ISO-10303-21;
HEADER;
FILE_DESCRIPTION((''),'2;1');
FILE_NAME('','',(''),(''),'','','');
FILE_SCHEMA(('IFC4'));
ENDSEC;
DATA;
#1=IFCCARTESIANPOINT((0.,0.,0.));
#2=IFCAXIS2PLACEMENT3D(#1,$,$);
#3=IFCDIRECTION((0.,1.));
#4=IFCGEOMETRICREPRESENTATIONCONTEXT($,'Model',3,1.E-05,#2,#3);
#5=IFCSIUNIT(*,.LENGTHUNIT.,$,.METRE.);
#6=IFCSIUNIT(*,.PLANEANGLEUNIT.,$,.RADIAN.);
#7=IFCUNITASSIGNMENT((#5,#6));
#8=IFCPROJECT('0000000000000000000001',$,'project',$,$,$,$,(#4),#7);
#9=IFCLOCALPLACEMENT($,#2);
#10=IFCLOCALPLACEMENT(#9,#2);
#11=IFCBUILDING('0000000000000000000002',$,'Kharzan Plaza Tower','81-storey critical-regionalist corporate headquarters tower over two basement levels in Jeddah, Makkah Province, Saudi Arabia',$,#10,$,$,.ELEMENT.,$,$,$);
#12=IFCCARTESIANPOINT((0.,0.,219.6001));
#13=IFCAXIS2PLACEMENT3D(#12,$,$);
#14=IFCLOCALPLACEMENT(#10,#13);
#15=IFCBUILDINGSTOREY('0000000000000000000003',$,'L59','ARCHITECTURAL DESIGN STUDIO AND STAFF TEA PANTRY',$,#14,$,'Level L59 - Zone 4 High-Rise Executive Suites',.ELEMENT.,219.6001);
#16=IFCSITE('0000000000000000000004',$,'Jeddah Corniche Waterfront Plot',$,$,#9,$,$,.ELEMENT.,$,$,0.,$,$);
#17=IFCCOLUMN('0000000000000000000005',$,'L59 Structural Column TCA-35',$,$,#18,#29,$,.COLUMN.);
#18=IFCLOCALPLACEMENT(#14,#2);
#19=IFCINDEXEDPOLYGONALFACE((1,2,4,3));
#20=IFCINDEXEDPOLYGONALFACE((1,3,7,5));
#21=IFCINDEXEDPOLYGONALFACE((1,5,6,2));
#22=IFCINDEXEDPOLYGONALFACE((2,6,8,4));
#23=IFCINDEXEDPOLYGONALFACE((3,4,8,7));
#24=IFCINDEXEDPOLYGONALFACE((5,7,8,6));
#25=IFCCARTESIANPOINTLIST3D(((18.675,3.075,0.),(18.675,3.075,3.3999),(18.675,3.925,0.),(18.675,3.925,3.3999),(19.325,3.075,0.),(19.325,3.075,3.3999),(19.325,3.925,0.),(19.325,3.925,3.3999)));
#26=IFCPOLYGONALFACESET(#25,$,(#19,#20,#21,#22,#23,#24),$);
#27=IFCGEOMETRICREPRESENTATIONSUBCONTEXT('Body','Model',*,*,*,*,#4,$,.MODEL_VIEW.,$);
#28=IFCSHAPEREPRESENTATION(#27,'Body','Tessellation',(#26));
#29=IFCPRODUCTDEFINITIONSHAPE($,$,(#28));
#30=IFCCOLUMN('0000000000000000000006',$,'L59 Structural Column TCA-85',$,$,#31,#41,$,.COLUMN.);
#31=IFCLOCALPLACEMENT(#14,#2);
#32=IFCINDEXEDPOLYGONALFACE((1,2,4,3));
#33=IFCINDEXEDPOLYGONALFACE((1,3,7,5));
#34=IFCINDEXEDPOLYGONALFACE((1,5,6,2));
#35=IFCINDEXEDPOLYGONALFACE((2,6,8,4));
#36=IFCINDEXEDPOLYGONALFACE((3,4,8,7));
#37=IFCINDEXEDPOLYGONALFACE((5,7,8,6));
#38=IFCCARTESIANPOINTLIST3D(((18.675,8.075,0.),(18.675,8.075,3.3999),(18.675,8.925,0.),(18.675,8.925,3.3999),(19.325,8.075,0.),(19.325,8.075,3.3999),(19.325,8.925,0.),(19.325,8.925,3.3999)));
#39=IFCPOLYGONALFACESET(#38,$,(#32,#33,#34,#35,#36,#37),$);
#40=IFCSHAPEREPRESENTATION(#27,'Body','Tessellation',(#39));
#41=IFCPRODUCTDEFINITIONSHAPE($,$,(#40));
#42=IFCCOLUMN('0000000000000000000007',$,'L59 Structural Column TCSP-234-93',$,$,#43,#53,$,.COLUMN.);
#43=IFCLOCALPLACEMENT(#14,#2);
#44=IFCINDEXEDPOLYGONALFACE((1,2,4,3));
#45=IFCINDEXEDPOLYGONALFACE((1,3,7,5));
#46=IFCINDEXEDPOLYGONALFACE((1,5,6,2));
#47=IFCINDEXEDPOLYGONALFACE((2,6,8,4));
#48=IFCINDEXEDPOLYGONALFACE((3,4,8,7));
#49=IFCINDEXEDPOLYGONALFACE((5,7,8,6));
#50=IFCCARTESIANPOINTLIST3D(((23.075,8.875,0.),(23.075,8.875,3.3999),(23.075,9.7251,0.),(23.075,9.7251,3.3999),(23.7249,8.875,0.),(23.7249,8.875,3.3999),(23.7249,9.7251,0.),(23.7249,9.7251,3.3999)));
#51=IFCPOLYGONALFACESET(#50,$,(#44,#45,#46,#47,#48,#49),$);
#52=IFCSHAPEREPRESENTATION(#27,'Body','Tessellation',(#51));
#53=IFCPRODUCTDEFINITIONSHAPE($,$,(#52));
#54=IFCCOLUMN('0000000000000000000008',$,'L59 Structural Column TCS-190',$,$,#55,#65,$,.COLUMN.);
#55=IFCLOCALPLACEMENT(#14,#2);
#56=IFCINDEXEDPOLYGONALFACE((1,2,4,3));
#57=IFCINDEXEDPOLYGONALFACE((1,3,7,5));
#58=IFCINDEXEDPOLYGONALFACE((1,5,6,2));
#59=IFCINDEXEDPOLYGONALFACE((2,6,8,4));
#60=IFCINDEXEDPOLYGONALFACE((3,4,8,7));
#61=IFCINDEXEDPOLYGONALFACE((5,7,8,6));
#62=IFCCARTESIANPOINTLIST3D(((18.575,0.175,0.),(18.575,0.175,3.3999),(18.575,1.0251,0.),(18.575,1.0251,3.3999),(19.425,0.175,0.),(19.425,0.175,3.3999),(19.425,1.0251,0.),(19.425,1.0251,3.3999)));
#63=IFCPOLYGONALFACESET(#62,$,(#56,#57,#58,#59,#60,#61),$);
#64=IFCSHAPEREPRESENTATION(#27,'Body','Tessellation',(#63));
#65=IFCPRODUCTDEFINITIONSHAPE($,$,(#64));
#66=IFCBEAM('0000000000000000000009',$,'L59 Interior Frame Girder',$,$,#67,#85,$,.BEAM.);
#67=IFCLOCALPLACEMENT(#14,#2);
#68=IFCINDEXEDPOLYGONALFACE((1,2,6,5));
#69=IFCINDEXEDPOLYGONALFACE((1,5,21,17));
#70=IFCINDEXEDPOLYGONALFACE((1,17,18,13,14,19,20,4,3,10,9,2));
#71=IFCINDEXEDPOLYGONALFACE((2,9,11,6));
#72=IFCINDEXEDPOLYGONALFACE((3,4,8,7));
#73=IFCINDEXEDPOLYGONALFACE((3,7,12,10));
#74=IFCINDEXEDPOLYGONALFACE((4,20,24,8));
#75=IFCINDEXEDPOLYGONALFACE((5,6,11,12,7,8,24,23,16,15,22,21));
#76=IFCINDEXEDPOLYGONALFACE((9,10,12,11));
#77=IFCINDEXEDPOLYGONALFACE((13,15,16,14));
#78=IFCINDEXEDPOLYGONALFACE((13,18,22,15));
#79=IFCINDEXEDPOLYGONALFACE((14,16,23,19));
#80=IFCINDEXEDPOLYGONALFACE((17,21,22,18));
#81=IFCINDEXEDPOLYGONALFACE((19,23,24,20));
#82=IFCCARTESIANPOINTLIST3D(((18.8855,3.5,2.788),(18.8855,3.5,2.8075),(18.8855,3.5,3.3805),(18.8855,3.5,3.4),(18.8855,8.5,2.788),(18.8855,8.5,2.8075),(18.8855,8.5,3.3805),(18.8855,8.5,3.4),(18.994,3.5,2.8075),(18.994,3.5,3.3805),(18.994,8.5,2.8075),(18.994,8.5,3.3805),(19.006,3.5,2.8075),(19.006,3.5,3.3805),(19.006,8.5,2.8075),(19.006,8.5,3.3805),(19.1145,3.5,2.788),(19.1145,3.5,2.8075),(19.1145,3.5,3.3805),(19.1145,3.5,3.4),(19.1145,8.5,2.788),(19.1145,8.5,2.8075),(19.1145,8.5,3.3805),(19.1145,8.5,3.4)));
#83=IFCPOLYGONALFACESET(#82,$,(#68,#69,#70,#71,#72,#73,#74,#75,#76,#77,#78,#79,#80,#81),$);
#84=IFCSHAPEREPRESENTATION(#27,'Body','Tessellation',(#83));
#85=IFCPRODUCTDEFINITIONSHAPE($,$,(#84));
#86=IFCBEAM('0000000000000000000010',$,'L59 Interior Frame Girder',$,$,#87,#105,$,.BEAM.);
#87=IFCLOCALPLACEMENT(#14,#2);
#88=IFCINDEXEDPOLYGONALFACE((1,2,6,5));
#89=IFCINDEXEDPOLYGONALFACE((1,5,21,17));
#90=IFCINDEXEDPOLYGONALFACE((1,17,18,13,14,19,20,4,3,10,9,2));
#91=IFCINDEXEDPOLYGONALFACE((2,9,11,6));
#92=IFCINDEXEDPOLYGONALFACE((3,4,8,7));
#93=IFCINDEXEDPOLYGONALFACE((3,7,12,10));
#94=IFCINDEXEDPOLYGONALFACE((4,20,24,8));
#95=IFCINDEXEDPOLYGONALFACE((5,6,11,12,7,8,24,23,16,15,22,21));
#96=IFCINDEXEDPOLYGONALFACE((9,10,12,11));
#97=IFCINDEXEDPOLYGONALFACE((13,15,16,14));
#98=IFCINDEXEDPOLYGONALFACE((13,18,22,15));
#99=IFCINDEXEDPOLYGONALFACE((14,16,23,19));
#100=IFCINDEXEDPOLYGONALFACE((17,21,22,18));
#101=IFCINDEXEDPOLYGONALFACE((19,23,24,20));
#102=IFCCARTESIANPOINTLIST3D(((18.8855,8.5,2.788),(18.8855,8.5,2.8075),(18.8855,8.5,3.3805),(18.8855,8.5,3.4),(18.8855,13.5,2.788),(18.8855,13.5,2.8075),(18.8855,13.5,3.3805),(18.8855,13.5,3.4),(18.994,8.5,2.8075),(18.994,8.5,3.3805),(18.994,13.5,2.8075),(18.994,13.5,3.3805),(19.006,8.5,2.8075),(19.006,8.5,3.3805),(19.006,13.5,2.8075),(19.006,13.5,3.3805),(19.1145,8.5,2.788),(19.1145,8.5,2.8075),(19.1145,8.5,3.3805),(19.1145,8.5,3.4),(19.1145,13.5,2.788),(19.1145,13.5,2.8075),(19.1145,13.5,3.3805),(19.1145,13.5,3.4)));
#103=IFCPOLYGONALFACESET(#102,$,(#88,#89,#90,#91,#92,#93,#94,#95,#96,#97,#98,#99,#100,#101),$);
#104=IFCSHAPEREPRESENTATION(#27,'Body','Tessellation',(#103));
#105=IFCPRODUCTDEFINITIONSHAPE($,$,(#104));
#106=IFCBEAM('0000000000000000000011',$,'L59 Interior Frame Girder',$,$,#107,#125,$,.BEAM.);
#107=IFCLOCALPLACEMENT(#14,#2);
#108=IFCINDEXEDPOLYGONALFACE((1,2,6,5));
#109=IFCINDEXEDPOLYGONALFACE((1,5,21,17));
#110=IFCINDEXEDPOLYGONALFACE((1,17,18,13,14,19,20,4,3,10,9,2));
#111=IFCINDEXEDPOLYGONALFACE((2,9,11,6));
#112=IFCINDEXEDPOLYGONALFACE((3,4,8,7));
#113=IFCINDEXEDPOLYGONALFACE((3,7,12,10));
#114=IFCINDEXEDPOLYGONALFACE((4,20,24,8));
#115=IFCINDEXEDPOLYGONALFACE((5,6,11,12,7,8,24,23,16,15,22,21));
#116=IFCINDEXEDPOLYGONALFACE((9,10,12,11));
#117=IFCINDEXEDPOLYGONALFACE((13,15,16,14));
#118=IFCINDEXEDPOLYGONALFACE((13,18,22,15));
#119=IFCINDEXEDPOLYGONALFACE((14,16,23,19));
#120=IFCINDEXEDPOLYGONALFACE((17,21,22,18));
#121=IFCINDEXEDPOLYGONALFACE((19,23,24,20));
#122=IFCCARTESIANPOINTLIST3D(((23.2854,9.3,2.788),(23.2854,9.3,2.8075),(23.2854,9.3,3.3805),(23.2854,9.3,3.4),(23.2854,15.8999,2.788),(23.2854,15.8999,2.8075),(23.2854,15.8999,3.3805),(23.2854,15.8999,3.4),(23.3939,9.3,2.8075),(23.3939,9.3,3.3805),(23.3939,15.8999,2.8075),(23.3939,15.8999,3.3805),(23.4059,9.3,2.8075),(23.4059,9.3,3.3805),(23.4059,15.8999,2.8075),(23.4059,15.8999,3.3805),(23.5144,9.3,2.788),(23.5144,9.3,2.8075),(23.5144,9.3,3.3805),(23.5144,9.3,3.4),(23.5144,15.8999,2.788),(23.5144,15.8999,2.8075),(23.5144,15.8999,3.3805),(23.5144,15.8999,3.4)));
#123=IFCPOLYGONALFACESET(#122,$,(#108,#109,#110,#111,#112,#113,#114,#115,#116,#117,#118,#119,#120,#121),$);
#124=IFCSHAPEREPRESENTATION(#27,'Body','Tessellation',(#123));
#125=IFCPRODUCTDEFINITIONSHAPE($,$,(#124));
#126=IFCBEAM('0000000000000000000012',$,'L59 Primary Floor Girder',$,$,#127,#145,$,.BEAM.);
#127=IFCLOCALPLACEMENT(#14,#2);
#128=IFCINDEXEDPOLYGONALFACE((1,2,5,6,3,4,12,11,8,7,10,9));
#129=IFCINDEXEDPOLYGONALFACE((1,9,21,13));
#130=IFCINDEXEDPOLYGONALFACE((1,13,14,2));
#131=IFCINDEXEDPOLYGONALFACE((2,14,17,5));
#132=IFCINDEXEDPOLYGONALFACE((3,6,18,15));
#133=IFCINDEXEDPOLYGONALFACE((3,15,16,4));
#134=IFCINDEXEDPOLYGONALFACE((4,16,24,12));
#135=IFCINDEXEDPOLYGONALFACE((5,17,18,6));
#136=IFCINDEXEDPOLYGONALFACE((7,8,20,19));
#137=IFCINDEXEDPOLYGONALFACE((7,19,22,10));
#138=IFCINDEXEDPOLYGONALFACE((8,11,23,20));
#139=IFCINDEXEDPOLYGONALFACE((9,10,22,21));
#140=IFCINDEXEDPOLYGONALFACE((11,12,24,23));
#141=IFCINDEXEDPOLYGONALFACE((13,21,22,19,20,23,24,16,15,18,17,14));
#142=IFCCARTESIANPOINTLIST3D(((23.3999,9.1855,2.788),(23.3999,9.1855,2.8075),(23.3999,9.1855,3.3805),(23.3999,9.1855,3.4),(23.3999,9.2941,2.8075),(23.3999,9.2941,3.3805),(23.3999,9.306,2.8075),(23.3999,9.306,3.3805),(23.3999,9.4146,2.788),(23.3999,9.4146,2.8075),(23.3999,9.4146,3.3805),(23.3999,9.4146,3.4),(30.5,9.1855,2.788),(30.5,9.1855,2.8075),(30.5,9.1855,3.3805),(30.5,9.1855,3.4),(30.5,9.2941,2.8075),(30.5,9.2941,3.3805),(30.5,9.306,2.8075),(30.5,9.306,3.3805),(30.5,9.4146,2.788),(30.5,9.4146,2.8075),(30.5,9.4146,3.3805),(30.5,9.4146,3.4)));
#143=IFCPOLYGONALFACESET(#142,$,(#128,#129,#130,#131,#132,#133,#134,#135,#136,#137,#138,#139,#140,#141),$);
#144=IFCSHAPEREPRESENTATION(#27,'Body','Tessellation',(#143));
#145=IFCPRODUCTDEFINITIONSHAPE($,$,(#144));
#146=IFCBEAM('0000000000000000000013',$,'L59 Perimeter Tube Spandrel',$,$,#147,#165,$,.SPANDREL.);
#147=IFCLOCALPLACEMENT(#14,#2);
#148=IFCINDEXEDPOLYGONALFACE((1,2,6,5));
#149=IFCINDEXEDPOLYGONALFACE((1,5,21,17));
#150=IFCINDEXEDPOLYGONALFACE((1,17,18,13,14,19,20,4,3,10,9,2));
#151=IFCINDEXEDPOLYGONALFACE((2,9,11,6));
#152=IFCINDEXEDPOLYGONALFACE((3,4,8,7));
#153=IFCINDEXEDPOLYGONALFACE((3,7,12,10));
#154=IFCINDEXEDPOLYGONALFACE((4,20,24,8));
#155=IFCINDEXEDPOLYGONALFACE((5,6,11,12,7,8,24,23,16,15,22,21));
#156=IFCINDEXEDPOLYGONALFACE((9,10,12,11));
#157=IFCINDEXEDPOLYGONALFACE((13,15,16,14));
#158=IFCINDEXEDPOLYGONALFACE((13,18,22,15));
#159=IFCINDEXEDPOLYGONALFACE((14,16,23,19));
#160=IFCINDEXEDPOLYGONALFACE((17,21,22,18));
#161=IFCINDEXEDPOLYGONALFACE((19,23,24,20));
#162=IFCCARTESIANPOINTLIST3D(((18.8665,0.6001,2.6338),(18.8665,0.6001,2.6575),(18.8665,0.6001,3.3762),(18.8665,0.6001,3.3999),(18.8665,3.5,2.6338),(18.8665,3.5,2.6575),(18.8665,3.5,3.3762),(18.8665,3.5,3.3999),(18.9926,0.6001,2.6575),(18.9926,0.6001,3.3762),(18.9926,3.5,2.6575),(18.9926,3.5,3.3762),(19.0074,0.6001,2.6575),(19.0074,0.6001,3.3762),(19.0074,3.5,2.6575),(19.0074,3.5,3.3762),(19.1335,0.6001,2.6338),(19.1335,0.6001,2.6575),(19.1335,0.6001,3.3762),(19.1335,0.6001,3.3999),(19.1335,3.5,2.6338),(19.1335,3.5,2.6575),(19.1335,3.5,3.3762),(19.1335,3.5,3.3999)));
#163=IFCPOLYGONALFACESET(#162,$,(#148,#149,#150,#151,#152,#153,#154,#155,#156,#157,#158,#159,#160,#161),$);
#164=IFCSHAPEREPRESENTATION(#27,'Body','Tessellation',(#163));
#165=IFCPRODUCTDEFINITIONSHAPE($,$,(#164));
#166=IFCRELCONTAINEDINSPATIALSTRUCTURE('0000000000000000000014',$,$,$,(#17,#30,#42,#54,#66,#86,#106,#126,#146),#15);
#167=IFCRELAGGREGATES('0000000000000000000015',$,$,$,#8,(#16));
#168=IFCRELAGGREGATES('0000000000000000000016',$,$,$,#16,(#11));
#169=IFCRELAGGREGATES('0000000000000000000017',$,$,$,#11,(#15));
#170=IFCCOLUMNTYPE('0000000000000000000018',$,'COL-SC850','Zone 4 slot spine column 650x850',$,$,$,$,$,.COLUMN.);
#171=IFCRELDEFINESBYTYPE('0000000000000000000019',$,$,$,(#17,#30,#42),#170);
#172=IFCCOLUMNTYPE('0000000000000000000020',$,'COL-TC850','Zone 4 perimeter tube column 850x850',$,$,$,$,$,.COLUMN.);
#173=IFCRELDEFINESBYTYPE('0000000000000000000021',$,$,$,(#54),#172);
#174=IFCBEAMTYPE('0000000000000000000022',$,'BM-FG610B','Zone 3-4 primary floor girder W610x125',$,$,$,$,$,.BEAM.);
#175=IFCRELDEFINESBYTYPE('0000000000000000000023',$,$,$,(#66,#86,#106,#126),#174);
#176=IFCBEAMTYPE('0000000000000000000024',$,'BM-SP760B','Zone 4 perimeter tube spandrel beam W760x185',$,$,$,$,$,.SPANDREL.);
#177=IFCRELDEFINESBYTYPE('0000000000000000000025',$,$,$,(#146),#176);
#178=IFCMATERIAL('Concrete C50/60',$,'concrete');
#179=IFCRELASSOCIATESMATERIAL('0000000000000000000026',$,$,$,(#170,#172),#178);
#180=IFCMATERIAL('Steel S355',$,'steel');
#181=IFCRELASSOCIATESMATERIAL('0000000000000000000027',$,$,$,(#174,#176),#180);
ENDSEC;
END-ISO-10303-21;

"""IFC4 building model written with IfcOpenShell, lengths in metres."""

from ifc_helpers import new_model, si_unit, direction, frame, origin, origin_2d, place, context, subcontext, project, spatial, rectangle, i_section, extrude, source, transform, mapped, material, material_profile, profile_set, type_object, element, save


model = new_model("IFC4")

# Units and contexts
model_context = context("Model", 3, precision=1e-05, world=origin(), true_north=direction((0.0, 1.0)))
body_context = subcontext(model_context, "Body", "Model", "MODEL_VIEW")
ifc_project = project(units=[si_unit("LENGTHUNIT", "METRE"), si_unit("PLANEANGLEUNIT", "RADIAN")], contexts=[model_context])

# Site, building, storey
site_placement = place(None, origin())
site = spatial("IfcSite", under=ifc_project, at=site_placement, Name="Jeddah Corniche Waterfront Plot", CompositionType="ELEMENT", RefElevation=0.0)
building_placement = place(site_placement, origin())
building = spatial("IfcBuilding", under=site, at=building_placement, Name="Kharzan Plaza Tower", Description="81-storey critical-regionalist corporate headquarters tower over two basement levels in Jeddah, Makkah Province, Saudi Arabia", CompositionType="ELEMENT")
storey_placement = place(building_placement, frame((0.0, 0.0, 219.6001)))
storey = spatial("IfcBuildingStorey", under=building, at=storey_placement, Name="L59", Description="ARCHITECTURAL DESIGN STUDIO AND STAFF TEA PANTRY", LongName="Level L59 - Zone 4 High-Rise Executive Suites", CompositionType="ELEMENT", Elevation=219.6001)

# Columns
ifc_material_1 = material(Name="Concrete C50/60", Category="concrete")
ifc_material_profile_1 = material_profile(ifc_material_1, rectangle(XDim=0.6499, YDim=0.8501, at=origin_2d()), Name="RC-SC850x650")
ifc_profile_set_1 = profile_set([ifc_material_profile_1], Name="Concrete C50/60")
column_type_1 = type_object("IfcColumnType", Name="COL-SC850", Description="Zone 4 slot spine column 650x850", PredefinedType="COLUMN", material=ifc_profile_set_1)
shared_shape_1 = source(origin(), body_context, "Body", "SweptSolid", [
    extrude(rectangle(XDim=0.6499, YDim=0.8501, at=origin_2d()), origin(), (0.0, 0.0, 1.0), 3.3999),
])
for number, where, z_axis, x_axis, name in (
    (1, (19.0, 3.5, 0.0), (0.0, 0.0, 1.0), (1.0, 0.0, 0.0), "L59 Structural Column TCA-35"),
    (2, (19.0, 8.5, 0.0), (0.0, 0.0, 1.0), (1.0, 0.0, 0.0), "L59 Structural Column TCA-85"),
    (3, (23.3999, 9.3, 0.0), (0.0, 0.0, 1.0), (1.0, 0.0, 0.0), "L59 Structural Column TCSP-234-93"),
):
    element("IfcColumn", number, at=place(storey_placement, frame(where, z_axis=z_axis, x_axis=x_axis)), inside=storey, type_object=column_type_1, Name=name, PredefinedType="COLUMN", context=body_context, shape_type="MappedRepresentation", body=[
        mapped(shared_shape_1, transform((0.0, 0.0, 0.0), x_axis=(1.0, 0.0, 0.0), y_axis=(0.0, 1.0, 0.0), z_axis=(0.0, 0.0, 1.0))),
    ])
ifc_material_profile_2 = material_profile(ifc_material_1, rectangle(XDim=0.8501, YDim=0.8501, at=origin_2d()), Name="RC-TC850x850")
ifc_profile_set_2 = profile_set([ifc_material_profile_2], Name="Concrete C50/60")
column_type_2 = type_object("IfcColumnType", Name="COL-TC850", Description="Zone 4 perimeter tube column 850x850", PredefinedType="COLUMN", material=ifc_profile_set_2)
shared_shape_2 = source(origin(), body_context, "Body", "SweptSolid", [
    extrude(rectangle(XDim=0.8501, YDim=0.8501, at=origin_2d()), origin(), (0.0, 0.0, 1.0), 3.3999),
])
column_placement = place(storey_placement, frame((19.0, 0.6001, 0.0), z_axis=(0.0, 0.0, 1.0), x_axis=(1.0, 0.0, 0.0)))
element("IfcColumn", 4, at=column_placement, inside=storey, type_object=column_type_2, Name="L59 Structural Column TCS-190", PredefinedType="COLUMN", context=body_context, shape_type="MappedRepresentation", body=[
    mapped(shared_shape_2, transform((0.0, 0.0, 0.0), x_axis=(1.0, 0.0, 0.0), y_axis=(0.0, 1.0, 0.0), z_axis=(0.0, 0.0, 1.0))),
])

# Beams
ifc_material_2 = material(Name="Steel S355", Category="steel")
ifc_material_profile_3 = material_profile(ifc_material_2, i_section(OverallWidth=0.229, OverallDepth=0.6121, WebThickness=0.012, FlangeThickness=0.0195, at=origin_2d()), Name="W610x125")
ifc_profile_set_3 = profile_set([ifc_material_profile_3], Name="Steel S355")
beam_type_1 = type_object("IfcBeamType", Name="BM-FG610B", Description="Zone 3-4 primary floor girder W610x125", PredefinedType="BEAM", material=ifc_profile_set_3)
shared_shape_3 = source(origin(), body_context, "Body", "SweptSolid", [
    extrude(i_section(OverallWidth=0.229, OverallDepth=0.6121, WebThickness=0.012, FlangeThickness=0.0195, at=origin_2d()), origin(), (0.0, 0.0, 1.0), 5.0),
])
for number, where, z_axis, x_axis, name in (
    (5, (19.0, 3.5, 3.094), (0.0, 1.0, 0.0), (-1.0, 0.0, 0.0), "L59 Interior Frame Girder"),
    (6, (19.0, 8.5, 3.094), (0.0, 1.0, 0.0), (-1.0, 0.0, 0.0), "L59 Interior Frame Girder"),
):
    element("IfcBeam", number, at=place(storey_placement, frame(where, z_axis=z_axis, x_axis=x_axis)), inside=storey, type_object=beam_type_1, Name=name, PredefinedType="BEAM", context=body_context, shape_type="MappedRepresentation", body=[
        mapped(shared_shape_3, transform((0.0, 0.0, 0.0), x_axis=(1.0, 0.0, 0.0), y_axis=(0.0, 1.0, 0.0), z_axis=(0.0, 0.0, 1.0))),
    ])
shared_shape_4 = source(origin(), body_context, "Body", "SweptSolid", [
    extrude(i_section(OverallWidth=0.229, OverallDepth=0.6121, WebThickness=0.012, FlangeThickness=0.0195, at=origin_2d()), origin(), (0.0, 0.0, 1.0), 6.5999),
])
beam_1_placement = place(storey_placement, frame((23.3999, 9.3, 3.094), z_axis=(0.0, 1.0, 0.0), x_axis=(-1.0, 0.0, 0.0)))
element("IfcBeam", 7, at=beam_1_placement, inside=storey, type_object=beam_type_1, Name="L59 Interior Frame Girder", PredefinedType="BEAM", context=body_context, shape_type="MappedRepresentation", body=[
    mapped(shared_shape_4, transform((0.0, 0.0, 0.0), x_axis=(1.0, 0.0, 0.0), y_axis=(0.0, 1.0, 0.0), z_axis=(0.0, 0.0, 1.0))),
])
shared_shape_5 = source(origin(), body_context, "Body", "SweptSolid", [
    extrude(i_section(OverallWidth=0.229, OverallDepth=0.6121, WebThickness=0.012, FlangeThickness=0.0195, at=origin_2d()), origin(), (0.0, 0.0, 1.0), 7.1001),
])
beam_2_placement = place(storey_placement, frame((23.3999, 9.3, 3.094), z_axis=(1.0, 0.0, 0.0), x_axis=(0.0, 1.0, 0.0)))
element("IfcBeam", 8, at=beam_2_placement, inside=storey, type_object=beam_type_1, Name="L59 Primary Floor Girder", PredefinedType="BEAM", context=body_context, shape_type="MappedRepresentation", body=[
    mapped(shared_shape_5, transform((0.0, 0.0, 0.0), x_axis=(1.0, 0.0, 0.0), y_axis=(0.0, 1.0, 0.0), z_axis=(0.0, 0.0, 1.0))),
])
ifc_material_profile_4 = material_profile(ifc_material_2, i_section(OverallWidth=0.2671, OverallDepth=0.7661, WebThickness=0.0149, FlangeThickness=0.0237, at=origin_2d()), Name="W760x185")
ifc_profile_set_4 = profile_set([ifc_material_profile_4], Name="Steel S355")
beam_type_2 = type_object("IfcBeamType", Name="BM-SP760B", Description="Zone 4 perimeter tube spandrel beam W760x185", PredefinedType="SPANDREL", material=ifc_profile_set_4)
shared_shape_6 = source(origin(), body_context, "Body", "SweptSolid", [
    extrude(i_section(OverallWidth=0.2671, OverallDepth=0.7661, WebThickness=0.0149, FlangeThickness=0.0237, at=origin_2d()), origin(), (0.0, 0.0, 1.0), 2.8999),
])
beam_3_placement = place(storey_placement, frame((19.0, 0.6001, 3.0168), z_axis=(0.0, 1.0, 0.0), x_axis=(-1.0, 0.0, 0.0)))
element("IfcBeam", 9, at=beam_3_placement, inside=storey, type_object=beam_type_2, Name="L59 Perimeter Tube Spandrel", PredefinedType="SPANDREL", context=body_context, shape_type="MappedRepresentation", body=[
    mapped(shared_shape_6, transform((0.0, 0.0, 0.0), x_axis=(1.0, 0.0, 0.0), y_axis=(0.0, 1.0, 0.0), z_axis=(0.0, 0.0, 1.0))),
])

save(model, "model.ifc")
